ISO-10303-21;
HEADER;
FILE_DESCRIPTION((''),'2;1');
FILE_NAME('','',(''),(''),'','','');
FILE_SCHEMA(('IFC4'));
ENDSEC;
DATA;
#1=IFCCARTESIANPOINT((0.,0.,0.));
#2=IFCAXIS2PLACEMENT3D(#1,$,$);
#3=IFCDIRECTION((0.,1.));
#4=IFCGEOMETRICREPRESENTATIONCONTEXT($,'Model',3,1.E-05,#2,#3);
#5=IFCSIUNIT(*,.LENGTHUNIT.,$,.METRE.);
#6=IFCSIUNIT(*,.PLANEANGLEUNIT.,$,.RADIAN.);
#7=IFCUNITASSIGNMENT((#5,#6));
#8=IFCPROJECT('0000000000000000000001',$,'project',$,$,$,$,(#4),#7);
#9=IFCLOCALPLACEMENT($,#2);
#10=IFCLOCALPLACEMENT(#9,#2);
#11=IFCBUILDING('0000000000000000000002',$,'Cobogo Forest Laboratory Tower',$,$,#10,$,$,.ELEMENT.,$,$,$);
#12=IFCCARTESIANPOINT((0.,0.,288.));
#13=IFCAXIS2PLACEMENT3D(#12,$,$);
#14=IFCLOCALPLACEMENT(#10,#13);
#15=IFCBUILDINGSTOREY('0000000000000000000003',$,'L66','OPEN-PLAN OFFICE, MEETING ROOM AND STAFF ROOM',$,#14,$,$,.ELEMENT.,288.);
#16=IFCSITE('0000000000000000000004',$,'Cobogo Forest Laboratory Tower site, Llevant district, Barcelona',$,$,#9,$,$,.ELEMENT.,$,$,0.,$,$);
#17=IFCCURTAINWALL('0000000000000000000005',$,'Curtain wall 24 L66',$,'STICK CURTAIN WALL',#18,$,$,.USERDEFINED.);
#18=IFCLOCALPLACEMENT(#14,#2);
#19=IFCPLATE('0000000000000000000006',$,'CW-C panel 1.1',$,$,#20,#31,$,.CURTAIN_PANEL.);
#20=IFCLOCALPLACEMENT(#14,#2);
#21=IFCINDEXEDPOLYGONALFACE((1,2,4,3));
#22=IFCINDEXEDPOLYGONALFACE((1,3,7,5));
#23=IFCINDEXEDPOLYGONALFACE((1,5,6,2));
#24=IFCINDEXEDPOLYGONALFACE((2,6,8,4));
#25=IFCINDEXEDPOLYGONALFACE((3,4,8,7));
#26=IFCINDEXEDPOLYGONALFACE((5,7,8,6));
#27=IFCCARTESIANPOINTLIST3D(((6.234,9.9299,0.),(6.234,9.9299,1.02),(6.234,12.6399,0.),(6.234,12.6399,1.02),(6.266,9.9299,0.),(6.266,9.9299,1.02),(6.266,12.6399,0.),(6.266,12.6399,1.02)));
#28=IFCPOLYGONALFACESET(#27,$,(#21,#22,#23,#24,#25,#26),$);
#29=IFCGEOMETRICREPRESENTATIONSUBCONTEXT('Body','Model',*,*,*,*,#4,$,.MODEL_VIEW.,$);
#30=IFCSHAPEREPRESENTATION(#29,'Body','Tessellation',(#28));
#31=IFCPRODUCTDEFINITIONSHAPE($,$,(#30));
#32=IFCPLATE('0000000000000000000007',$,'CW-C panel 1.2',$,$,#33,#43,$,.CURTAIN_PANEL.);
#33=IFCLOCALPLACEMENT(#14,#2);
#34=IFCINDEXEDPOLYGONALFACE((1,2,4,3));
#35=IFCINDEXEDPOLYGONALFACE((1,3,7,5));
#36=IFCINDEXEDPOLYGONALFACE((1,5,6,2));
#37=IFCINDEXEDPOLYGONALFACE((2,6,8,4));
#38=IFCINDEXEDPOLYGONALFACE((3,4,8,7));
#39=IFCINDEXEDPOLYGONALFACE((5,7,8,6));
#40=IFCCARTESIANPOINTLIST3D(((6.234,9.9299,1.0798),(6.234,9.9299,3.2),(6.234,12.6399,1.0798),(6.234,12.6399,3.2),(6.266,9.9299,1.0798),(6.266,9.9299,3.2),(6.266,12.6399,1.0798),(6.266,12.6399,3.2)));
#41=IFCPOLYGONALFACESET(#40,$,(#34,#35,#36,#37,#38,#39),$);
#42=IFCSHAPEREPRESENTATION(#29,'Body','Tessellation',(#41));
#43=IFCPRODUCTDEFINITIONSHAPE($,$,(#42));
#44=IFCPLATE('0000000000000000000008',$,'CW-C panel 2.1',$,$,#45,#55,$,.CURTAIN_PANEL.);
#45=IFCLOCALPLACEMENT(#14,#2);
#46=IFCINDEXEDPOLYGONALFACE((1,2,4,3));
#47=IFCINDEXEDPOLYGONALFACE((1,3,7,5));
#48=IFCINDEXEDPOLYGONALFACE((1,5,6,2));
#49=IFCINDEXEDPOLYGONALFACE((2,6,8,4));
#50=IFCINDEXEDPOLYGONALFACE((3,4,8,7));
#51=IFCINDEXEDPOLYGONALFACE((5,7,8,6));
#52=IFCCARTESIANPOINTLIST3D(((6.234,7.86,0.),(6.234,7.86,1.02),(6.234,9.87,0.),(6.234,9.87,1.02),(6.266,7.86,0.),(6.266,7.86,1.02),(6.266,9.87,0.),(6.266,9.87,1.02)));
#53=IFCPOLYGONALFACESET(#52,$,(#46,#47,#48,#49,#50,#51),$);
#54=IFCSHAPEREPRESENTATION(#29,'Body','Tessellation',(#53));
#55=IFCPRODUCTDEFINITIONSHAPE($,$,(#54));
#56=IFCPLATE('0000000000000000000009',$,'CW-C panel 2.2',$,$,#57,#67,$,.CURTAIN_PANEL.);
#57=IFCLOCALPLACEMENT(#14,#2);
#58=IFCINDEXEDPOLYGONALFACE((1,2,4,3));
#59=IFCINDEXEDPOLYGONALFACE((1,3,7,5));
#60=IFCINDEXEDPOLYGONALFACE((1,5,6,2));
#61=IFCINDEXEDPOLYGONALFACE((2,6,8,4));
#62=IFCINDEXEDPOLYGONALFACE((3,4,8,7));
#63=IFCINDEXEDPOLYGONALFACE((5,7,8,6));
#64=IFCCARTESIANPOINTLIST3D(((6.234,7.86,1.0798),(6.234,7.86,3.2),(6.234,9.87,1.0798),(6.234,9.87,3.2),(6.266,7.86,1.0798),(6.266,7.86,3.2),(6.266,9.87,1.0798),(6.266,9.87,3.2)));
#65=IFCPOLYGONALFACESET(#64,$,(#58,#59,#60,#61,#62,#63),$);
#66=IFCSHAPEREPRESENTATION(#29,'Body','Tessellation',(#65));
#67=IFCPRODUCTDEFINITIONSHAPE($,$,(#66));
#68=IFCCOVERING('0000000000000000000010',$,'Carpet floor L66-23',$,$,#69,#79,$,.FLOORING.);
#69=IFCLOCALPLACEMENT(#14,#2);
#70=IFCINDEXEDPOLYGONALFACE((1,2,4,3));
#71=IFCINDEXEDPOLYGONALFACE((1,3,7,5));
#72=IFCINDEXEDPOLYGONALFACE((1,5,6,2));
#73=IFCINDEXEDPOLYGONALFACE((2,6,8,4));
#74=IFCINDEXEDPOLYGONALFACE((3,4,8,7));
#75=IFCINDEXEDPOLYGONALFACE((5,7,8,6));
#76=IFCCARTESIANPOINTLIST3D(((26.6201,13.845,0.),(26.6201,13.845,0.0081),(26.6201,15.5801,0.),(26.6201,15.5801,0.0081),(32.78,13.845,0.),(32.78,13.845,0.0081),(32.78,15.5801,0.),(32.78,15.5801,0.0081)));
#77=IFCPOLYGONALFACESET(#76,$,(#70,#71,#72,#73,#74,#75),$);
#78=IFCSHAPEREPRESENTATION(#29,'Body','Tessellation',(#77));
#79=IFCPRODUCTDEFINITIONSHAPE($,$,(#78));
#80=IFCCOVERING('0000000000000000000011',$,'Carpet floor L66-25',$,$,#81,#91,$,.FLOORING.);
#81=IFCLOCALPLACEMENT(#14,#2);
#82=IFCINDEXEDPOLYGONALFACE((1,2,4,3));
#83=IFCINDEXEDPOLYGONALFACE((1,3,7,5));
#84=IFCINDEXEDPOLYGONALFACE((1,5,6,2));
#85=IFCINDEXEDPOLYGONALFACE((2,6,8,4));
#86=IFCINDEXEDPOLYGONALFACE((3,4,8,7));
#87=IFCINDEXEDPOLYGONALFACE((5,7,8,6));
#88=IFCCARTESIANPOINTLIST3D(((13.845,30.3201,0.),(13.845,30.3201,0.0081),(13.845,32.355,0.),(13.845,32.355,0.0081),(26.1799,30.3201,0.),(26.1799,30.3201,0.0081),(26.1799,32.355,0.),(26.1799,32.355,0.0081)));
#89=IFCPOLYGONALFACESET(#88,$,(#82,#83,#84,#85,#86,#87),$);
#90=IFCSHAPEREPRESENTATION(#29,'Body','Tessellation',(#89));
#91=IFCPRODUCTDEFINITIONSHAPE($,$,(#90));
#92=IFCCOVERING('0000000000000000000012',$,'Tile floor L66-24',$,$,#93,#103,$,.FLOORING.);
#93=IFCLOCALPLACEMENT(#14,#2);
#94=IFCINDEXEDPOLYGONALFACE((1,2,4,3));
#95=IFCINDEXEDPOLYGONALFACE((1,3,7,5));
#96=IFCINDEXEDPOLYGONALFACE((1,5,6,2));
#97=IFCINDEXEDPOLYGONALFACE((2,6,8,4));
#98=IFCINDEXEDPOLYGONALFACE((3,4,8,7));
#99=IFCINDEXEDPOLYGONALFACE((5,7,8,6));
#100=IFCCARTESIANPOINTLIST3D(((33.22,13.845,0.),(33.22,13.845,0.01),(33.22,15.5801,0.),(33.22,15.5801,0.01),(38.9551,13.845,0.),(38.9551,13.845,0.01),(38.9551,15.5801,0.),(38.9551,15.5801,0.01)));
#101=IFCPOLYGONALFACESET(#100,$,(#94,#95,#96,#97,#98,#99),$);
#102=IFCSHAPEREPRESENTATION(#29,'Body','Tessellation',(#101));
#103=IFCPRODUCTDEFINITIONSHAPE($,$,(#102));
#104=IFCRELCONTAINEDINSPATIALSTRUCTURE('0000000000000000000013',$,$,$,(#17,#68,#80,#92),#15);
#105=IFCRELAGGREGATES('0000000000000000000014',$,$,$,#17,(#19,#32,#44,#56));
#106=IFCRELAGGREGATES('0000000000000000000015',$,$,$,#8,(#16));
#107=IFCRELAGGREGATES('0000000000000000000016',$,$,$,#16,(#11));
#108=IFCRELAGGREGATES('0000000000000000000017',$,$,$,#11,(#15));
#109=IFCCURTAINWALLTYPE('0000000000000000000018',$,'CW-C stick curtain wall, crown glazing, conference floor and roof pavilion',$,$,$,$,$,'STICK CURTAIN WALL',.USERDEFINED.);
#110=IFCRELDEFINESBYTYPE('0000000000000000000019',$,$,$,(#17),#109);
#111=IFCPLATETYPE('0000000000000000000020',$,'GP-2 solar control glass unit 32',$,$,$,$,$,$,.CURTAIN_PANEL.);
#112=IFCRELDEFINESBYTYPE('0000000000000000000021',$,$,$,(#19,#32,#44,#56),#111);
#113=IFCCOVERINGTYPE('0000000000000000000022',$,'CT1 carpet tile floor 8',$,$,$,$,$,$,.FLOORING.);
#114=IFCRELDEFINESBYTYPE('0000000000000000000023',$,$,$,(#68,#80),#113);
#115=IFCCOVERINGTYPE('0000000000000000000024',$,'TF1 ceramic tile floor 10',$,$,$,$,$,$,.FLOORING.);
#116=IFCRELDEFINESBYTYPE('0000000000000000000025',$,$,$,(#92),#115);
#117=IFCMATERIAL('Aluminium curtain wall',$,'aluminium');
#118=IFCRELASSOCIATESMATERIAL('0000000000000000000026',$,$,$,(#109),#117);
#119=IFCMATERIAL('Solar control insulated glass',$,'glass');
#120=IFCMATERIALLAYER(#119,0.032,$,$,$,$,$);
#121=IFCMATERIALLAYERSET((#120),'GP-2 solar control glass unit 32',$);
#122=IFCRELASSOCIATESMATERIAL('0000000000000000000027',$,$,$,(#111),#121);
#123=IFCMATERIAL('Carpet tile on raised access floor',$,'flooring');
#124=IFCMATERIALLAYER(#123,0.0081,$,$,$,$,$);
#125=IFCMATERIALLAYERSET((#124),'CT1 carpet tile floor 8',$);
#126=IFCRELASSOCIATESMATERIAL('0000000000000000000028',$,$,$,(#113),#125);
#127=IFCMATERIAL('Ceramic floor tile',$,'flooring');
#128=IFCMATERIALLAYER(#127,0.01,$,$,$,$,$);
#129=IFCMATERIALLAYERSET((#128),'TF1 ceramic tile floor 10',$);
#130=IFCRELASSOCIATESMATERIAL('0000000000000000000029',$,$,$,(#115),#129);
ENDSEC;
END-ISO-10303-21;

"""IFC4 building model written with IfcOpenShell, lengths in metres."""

from ifc_helpers import new_model, si_unit, direction, frame, origin, origin_2d, place, context, subcontext, project, spatial, polyline, rectangle, outline, extrude, material, layer, layer_set, type_object, element, aggregate, save


model = new_model("IFC4")

# Units and contexts
model_context = context("Model", 3, precision=1e-05, world=origin(), true_north=direction((0.0, 1.0)))
body_context = subcontext(model_context, "Body", "Model", "MODEL_VIEW")
ifc_project = project(units=[si_unit("LENGTHUNIT", "METRE"), si_unit("PLANEANGLEUNIT", "RADIAN")], contexts=[model_context])

# Site, building, storey
site_placement = place(None, origin())
site = spatial("IfcSite", under=ifc_project, at=site_placement, Name="Cobogo Forest Laboratory Tower site, Llevant district, Barcelona", CompositionType="ELEMENT", RefElevation=0.0)
building_placement = place(site_placement, origin())
building = spatial("IfcBuilding", under=site, at=building_placement, Name="Cobogo Forest Laboratory Tower", CompositionType="ELEMENT")
storey_placement = place(building_placement, frame((0.0, 0.0, 288.0)))
storey = spatial("IfcBuildingStorey", under=building, at=storey_placement, Name="L66", Description="OPEN-PLAN OFFICE, MEETING ROOM AND STAFF ROOM", CompositionType="ELEMENT", Elevation=288.0)

# Curtain wall
ifc_material_1 = material(Name="Aluminium curtain wall", Category="aluminium")
curtain_wall_type = type_object("IfcCurtainWallType", Name="CW-C stick curtain wall, crown glazing, conference floor and roof pavilion", ElementType="STICK CURTAIN WALL", PredefinedType="USERDEFINED", material=ifc_material_1)
curtain_wall_1_placement = place(storey_placement, origin())
curtain_wall_1 = element("IfcCurtainWall", 1, at=curtain_wall_1_placement, inside=storey, type_object=curtain_wall_type, Name="Curtain wall 24 L66", ObjectType="STICK CURTAIN WALL", PredefinedType="USERDEFINED")

# Plates
ifc_material_2 = material(Name="Solar control insulated glass", Category="glass")
ifc_layer_1 = layer(ifc_material_2, 0.032)
ifc_layer_set_1 = layer_set([ifc_layer_1], Name="GP-2 solar control glass unit 32")
plate_type = type_object("IfcPlateType", Name="GP-2 solar control glass unit 32", PredefinedType="CURTAIN_PANEL", material=ifc_layer_set_1)
plate_1_placement = place(storey_placement, frame((6.25, 11.2849, 0.0), z_axis=(0.0, 0.0, 1.0), x_axis=(0.0, -1.0, 0.0)))
plate_1 = element("IfcPlate", 2, at=plate_1_placement, type_object=plate_type, Name="CW-C panel 1.1", PredefinedType="CURTAIN_PANEL", context=body_context, shape_type="SweptSolid", body=[
    extrude(rectangle(XDim=2.71, YDim=0.032, at=origin_2d()), origin(), (0.0, 0.0, 1.0), 1.02),
])
plate_2_placement = place(storey_placement, frame((6.25, 11.2849, 1.0798), z_axis=(0.0, 0.0, 1.0), x_axis=(0.0, -1.0, 0.0)))
plate_2 = element("IfcPlate", 3, at=plate_2_placement, type_object=plate_type, Name="CW-C panel 1.2", PredefinedType="CURTAIN_PANEL", context=body_context, shape_type="SweptSolid", body=[
    extrude(rectangle(XDim=2.71, YDim=0.032, at=origin_2d()), origin(), (0.0, 0.0, 1.0), 2.1201),
])
plate_3_placement = place(storey_placement, frame((6.25, 8.865, 0.0), z_axis=(0.0, 0.0, 1.0), x_axis=(0.0, -1.0, 0.0)))
plate_3 = element("IfcPlate", 4, at=plate_3_placement, type_object=plate_type, Name="CW-C panel 2.1", PredefinedType="CURTAIN_PANEL", context=body_context, shape_type="SweptSolid", body=[
    extrude(rectangle(XDim=2.01, YDim=0.032, at=origin_2d()), origin(), (0.0, 0.0, 1.0), 1.02),
])
plate_4_placement = place(storey_placement, frame((6.25, 8.865, 1.0798), z_axis=(0.0, 0.0, 1.0), x_axis=(0.0, -1.0, 0.0)))
plate_4 = element("IfcPlate", 5, at=plate_4_placement, type_object=plate_type, Name="CW-C panel 2.2", PredefinedType="CURTAIN_PANEL", context=body_context, shape_type="SweptSolid", body=[
    extrude(rectangle(XDim=2.01, YDim=0.032, at=origin_2d()), origin(), (0.0, 0.0, 1.0), 2.1201),
])
aggregate(curtain_wall_1, [plate_1, plate_2, plate_3, plate_4])

# Coverings
ifc_material_3 = material(Name="Carpet tile on raised access floor", Category="flooring")
ifc_layer_2 = layer(ifc_material_3, 0.0081)
ifc_layer_set_2 = layer_set([ifc_layer_2], Name="CT1 carpet tile floor 8")
covering_type_1 = type_object("IfcCoveringType", Name="CT1 carpet tile floor 8", PredefinedType="FLOORING", material=ifc_layer_set_2)
covering_1_placement = place(storey_placement, origin())
element("IfcCovering", 6, at=covering_1_placement, inside=storey, type_object=covering_type_1, Name="Carpet floor L66-23", PredefinedType="FLOORING", context=body_context, shape_type="SweptSolid", body=[
    extrude(outline(polyline([(32.78, 13.845), (26.6201, 13.845), (26.6201, 15.5801), (32.78, 15.5801), (32.78, 13.845)])), origin(), (0.0, 0.0, 1.0), 0.0081),
])
covering_2_placement = place(storey_placement, origin())
element("IfcCovering", 7, at=covering_2_placement, inside=storey, type_object=covering_type_1, Name="Carpet floor L66-25", PredefinedType="FLOORING", context=body_context, shape_type="SweptSolid", body=[
    extrude(outline(polyline([(26.1799, 30.3201), (13.845, 30.3201), (13.845, 32.355), (26.1799, 32.355), (26.1799, 30.3201)])), origin(), (0.0, 0.0, 1.0), 0.0081),
])
ifc_material_4 = material(Name="Ceramic floor tile", Category="flooring")
ifc_layer_3 = layer(ifc_material_4, 0.01)
ifc_layer_set_3 = layer_set([ifc_layer_3], Name="TF1 ceramic tile floor 10")
covering_type_2 = type_object("IfcCoveringType", Name="TF1 ceramic tile floor 10", PredefinedType="FLOORING", material=ifc_layer_set_3)
covering_3_placement = place(storey_placement, origin())
element("IfcCovering", 8, at=covering_3_placement, inside=storey, type_object=covering_type_2, Name="Tile floor L66-24", PredefinedType="FLOORING", context=body_context, shape_type="SweptSolid", body=[
    extrude(outline(polyline([(38.9551, 13.845), (33.22, 13.845), (33.22, 15.5801), (38.9551, 15.5801), (38.9551, 13.845)])), origin(), (0.0, 0.0, 1.0), 0.01),
])

save(model, "model.ifc")
